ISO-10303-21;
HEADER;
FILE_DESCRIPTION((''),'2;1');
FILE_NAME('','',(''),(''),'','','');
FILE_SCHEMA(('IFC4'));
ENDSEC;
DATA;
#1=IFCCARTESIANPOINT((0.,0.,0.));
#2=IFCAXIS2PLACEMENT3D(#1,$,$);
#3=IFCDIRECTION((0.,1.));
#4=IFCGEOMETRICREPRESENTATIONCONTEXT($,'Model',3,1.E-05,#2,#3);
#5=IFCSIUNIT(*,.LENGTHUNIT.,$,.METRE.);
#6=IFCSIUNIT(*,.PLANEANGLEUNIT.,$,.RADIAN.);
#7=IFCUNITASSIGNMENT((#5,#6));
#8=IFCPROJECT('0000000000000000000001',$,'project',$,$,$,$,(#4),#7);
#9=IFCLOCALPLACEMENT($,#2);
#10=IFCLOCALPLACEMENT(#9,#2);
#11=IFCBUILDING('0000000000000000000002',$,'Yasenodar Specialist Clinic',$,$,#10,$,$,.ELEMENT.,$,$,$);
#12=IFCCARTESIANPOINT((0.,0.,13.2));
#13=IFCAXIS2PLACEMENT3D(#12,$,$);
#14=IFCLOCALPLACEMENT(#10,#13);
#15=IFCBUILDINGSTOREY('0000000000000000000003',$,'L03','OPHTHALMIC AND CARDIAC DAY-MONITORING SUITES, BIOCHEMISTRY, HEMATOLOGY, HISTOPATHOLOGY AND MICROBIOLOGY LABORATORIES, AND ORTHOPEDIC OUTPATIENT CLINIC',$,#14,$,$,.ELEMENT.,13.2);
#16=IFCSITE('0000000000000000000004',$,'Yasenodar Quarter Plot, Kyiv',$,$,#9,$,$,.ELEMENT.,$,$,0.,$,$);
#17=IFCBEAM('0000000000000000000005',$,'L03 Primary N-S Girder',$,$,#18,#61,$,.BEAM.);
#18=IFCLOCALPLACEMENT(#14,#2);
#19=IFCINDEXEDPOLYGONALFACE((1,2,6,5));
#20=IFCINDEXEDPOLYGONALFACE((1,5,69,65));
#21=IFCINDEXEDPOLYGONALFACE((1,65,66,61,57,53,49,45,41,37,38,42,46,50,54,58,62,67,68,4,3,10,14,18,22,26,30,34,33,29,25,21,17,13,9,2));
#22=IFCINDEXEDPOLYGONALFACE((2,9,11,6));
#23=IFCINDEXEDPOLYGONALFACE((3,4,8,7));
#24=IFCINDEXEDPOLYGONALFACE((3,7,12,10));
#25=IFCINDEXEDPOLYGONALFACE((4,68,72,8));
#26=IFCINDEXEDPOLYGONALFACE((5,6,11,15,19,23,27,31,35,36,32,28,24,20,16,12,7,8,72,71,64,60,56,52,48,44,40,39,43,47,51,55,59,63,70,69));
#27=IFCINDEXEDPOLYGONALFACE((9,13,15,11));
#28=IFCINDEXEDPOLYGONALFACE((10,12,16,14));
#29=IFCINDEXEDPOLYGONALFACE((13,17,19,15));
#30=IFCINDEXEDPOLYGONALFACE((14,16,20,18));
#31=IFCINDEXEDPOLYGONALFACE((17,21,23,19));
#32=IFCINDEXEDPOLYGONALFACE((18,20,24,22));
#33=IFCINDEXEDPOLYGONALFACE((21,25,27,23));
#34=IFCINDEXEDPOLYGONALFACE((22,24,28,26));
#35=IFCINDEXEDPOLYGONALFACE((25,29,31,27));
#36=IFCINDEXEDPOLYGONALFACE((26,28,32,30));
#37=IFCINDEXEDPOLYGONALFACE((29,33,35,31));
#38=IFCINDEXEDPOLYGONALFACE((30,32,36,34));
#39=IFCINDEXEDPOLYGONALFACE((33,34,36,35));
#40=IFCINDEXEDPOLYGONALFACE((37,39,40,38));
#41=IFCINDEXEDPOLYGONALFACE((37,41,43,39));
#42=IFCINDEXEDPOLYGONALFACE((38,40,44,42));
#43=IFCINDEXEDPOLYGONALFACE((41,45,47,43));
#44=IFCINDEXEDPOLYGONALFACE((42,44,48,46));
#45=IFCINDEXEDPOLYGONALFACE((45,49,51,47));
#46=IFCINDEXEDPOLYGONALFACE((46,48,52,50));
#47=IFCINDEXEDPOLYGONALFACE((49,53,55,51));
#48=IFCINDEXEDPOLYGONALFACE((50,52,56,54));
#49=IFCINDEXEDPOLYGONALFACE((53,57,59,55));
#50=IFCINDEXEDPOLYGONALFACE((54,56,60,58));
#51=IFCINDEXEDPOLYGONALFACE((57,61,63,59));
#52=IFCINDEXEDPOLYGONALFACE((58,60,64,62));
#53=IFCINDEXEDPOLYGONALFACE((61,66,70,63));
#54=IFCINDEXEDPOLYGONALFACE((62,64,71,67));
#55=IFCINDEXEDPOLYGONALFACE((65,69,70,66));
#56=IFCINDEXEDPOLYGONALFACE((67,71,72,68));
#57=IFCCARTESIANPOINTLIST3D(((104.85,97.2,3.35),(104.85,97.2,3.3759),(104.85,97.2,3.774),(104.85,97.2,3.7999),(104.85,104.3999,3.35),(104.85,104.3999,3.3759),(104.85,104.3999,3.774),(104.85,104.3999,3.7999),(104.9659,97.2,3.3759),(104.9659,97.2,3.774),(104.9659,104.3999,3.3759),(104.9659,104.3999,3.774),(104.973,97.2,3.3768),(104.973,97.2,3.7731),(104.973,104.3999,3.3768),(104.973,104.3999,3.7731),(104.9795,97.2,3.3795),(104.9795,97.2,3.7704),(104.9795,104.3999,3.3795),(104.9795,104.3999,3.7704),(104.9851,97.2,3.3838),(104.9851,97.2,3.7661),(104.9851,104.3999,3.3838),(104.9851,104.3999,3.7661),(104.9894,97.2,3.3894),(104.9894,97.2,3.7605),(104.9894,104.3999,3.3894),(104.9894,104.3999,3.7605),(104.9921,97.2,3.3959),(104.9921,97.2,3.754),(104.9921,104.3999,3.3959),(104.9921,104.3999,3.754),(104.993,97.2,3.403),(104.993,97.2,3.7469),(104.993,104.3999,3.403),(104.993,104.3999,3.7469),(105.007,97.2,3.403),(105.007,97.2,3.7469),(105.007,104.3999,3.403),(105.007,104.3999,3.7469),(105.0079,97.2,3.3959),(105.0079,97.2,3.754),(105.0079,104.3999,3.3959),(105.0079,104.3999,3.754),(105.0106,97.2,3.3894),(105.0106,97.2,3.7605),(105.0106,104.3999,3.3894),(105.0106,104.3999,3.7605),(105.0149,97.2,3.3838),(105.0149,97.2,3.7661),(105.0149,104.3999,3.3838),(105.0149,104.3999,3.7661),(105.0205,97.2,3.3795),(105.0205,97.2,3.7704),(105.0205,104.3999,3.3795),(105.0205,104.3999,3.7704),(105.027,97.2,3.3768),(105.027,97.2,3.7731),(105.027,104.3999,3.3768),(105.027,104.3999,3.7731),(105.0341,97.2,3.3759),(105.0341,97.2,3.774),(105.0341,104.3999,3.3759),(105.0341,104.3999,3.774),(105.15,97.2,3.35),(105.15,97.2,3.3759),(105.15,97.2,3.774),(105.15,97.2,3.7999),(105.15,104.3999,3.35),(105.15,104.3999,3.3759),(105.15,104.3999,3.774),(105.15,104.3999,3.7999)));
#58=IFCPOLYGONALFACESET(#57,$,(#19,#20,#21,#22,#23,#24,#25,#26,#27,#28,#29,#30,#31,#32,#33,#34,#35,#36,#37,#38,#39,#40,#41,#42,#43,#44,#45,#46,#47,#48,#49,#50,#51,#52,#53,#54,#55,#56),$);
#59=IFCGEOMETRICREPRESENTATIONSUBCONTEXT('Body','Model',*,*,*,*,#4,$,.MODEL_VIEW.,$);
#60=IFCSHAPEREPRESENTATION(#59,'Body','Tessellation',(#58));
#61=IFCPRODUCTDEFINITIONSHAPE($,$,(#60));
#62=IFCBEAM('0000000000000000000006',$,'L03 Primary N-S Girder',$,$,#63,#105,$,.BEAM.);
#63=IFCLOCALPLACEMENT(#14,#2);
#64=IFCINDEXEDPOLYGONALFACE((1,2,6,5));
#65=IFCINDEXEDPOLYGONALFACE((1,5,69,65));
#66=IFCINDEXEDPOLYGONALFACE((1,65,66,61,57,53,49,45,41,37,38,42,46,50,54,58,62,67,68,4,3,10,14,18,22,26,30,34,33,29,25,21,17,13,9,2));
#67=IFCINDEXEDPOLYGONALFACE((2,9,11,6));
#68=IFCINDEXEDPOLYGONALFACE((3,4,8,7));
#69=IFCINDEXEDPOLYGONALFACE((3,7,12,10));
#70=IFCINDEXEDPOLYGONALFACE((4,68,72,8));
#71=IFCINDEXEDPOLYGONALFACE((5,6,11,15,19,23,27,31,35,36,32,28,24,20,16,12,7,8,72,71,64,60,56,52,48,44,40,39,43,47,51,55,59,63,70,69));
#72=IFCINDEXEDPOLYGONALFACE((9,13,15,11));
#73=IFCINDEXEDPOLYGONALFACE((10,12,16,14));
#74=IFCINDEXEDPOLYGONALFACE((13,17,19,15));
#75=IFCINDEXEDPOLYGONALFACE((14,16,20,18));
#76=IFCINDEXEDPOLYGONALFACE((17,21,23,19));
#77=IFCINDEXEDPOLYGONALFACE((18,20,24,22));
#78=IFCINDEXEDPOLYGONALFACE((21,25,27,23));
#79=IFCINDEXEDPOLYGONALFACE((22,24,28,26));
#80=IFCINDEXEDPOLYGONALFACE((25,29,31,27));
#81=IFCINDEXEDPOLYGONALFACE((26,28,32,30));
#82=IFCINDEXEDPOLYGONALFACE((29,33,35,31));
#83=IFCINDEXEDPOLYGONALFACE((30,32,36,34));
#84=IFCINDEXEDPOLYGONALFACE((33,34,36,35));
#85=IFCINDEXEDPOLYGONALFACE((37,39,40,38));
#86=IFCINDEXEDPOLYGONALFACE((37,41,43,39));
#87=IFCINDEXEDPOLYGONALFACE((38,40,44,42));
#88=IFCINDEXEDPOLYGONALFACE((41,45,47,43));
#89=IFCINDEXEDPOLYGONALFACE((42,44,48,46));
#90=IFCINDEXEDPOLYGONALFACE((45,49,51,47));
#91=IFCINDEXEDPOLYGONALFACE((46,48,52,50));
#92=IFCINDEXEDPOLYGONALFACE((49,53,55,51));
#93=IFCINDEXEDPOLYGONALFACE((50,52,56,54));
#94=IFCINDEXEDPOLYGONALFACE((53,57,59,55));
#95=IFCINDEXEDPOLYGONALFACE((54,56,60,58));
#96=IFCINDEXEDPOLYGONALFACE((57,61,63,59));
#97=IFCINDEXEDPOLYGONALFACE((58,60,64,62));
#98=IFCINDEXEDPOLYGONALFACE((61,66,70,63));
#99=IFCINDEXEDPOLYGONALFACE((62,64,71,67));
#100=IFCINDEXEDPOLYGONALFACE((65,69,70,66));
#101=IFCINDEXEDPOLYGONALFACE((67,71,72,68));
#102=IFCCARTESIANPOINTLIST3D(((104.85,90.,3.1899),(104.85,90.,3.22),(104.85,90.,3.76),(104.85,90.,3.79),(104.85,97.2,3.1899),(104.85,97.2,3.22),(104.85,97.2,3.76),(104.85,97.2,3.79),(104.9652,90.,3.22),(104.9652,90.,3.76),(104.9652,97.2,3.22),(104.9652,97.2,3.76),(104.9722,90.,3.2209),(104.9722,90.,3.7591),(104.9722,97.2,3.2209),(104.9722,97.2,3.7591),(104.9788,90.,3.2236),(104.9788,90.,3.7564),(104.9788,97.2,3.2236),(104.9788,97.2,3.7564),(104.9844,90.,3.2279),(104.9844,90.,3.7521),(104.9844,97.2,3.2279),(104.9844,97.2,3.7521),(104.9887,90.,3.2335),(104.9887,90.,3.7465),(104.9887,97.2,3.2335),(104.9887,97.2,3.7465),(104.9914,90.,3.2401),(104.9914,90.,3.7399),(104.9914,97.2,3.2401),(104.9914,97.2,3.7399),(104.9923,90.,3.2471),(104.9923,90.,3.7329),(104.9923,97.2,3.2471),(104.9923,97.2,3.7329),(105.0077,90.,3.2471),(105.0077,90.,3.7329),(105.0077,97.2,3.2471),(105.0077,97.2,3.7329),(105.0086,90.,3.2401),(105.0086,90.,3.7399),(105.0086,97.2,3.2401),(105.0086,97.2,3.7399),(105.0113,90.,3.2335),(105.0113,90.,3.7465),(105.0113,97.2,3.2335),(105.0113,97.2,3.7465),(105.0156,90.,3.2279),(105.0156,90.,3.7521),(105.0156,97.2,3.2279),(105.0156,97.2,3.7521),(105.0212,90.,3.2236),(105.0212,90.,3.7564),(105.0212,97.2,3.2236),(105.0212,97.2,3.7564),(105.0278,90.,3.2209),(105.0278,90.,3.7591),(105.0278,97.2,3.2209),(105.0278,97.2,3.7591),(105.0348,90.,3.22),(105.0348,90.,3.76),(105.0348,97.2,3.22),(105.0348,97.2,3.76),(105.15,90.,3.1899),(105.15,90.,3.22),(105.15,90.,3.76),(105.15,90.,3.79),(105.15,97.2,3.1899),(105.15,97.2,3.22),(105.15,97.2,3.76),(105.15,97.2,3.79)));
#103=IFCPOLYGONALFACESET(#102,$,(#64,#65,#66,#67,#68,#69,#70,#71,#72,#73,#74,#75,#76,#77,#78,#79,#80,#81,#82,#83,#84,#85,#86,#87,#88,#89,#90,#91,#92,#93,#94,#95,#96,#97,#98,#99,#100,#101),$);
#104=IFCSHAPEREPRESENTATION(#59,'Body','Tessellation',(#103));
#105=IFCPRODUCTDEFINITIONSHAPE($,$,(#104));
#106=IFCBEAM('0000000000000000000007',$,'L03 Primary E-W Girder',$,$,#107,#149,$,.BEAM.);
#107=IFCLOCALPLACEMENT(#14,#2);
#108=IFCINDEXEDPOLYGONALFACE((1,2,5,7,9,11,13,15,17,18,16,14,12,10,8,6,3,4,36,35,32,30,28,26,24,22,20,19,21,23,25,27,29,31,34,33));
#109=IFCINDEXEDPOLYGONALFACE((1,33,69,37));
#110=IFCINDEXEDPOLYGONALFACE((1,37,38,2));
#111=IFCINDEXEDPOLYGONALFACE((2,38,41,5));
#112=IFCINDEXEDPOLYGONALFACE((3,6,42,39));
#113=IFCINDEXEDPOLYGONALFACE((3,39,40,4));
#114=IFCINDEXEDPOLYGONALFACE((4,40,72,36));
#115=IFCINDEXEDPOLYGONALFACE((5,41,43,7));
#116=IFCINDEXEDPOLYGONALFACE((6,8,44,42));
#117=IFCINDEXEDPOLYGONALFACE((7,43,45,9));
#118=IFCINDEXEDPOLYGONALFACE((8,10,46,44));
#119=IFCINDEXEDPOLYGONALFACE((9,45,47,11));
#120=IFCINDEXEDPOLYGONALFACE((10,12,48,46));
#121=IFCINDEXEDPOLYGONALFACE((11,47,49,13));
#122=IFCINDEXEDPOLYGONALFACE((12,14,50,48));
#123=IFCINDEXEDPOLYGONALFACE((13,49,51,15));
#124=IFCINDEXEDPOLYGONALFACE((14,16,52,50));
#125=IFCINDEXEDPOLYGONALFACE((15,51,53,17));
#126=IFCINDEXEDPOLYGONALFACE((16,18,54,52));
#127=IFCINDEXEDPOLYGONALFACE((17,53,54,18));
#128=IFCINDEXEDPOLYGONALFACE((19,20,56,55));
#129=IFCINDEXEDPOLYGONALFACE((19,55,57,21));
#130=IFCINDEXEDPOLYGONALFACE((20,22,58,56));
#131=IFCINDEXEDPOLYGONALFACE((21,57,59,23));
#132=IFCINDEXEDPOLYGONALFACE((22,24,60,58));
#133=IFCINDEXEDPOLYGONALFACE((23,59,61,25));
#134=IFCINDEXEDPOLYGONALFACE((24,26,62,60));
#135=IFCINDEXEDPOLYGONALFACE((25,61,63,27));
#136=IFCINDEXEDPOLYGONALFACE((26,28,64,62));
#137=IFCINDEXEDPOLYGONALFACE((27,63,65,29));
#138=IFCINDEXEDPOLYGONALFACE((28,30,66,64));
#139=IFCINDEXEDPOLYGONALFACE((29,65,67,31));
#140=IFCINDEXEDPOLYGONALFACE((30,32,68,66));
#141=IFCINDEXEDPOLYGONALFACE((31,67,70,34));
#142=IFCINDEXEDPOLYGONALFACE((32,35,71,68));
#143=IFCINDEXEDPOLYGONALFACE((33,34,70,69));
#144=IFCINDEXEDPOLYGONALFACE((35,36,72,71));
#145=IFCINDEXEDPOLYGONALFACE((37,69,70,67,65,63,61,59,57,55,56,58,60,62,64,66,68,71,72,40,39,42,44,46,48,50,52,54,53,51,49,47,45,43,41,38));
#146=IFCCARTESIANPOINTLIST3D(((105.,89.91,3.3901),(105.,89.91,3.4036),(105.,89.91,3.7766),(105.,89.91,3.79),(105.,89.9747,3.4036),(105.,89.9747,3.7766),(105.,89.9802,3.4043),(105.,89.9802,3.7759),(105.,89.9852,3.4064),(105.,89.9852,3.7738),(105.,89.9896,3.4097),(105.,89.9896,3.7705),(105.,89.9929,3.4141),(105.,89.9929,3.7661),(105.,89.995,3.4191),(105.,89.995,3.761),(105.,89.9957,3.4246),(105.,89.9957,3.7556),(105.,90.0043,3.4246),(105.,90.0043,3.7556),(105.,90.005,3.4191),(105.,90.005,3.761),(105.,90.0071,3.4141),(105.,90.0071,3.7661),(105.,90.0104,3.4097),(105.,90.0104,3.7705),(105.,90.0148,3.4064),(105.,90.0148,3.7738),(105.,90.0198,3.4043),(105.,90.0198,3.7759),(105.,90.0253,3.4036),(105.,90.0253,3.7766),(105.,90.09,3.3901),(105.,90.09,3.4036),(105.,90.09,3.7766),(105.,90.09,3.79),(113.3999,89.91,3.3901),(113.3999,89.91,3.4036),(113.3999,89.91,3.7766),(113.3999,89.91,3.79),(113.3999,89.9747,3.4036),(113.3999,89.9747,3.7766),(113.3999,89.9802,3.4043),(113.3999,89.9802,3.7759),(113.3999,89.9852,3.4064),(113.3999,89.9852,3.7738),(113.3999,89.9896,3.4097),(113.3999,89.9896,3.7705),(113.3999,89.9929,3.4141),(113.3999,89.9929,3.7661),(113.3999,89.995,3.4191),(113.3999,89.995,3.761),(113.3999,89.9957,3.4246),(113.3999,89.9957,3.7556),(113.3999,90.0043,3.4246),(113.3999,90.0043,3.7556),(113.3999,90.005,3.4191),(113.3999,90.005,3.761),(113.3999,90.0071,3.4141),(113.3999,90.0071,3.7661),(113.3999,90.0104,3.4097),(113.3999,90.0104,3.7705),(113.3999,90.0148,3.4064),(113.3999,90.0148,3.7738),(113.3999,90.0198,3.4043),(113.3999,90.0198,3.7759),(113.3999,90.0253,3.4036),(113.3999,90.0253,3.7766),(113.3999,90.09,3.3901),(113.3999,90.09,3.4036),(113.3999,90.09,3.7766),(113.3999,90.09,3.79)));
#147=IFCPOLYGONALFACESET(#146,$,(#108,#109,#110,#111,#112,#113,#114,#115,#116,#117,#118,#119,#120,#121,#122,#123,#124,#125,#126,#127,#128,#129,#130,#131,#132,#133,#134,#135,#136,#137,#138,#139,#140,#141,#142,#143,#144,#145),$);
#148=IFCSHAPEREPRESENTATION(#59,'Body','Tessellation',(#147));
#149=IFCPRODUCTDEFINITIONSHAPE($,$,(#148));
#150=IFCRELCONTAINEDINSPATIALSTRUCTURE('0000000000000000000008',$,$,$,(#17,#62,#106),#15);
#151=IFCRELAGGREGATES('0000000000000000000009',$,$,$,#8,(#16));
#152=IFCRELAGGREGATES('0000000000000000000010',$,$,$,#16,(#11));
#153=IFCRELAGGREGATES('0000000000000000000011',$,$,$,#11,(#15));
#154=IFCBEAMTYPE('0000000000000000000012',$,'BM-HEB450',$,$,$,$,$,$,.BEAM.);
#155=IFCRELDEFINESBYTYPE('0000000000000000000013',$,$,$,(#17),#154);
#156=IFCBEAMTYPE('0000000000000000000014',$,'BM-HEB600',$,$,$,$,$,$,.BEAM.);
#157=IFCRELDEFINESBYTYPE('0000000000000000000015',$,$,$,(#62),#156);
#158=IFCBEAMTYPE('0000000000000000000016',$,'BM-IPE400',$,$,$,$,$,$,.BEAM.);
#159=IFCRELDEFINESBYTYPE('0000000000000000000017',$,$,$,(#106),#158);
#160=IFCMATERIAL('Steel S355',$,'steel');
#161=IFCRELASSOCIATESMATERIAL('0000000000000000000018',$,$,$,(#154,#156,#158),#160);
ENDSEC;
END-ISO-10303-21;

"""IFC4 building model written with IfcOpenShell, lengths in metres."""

from ifc_helpers import new_model, si_unit, direction, frame, origin, origin_2d, place, context, subcontext, project, spatial, i_section, extrude, material, material_profile, profile_set, type_object, element, save


model = new_model("IFC4")

# Units and contexts
model_context = context("Model", 3, precision=1e-05, world=origin(), true_north=direction((0.0, 1.0)))
body_context = subcontext(model_context, "Body", "Model", "MODEL_VIEW")
ifc_project = project(units=[si_unit("LENGTHUNIT", "METRE"), si_unit("PLANEANGLEUNIT", "RADIAN")], contexts=[model_context])

# Site, building, storey
site_placement = place(None, origin())
site = spatial("IfcSite", under=ifc_project, at=site_placement, Name="Yasenodar Quarter Plot, Kyiv", CompositionType="ELEMENT", RefElevation=0.0)
building_placement = place(site_placement, origin())
building = spatial("IfcBuilding", under=site, at=building_placement, Name="Yasenodar Specialist Clinic", CompositionType="ELEMENT")
storey_placement = place(building_placement, frame((0.0, 0.0, 13.2)))
storey = spatial("IfcBuildingStorey", under=building, at=storey_placement, Name="L03", Description="OPHTHALMIC AND CARDIAC DAY-MONITORING SUITES, BIOCHEMISTRY, HEMATOLOGY, HISTOPATHOLOGY AND MICROBIOLOGY LABORATORIES, AND ORTHOPEDIC OUTPATIENT CLINIC", CompositionType="ELEMENT", Elevation=13.2)

# Shared definitions
ifc_material_1 = material(Name="Steel S355", Category="steel")

# Beams
ifc_material_profile_1 = material_profile(ifc_material_1, i_section(OverallWidth=0.3, OverallDepth=0.45, WebThickness=0.0139, FlangeThickness=0.0259, FilletRadius=0.0271, at=origin_2d()), Name="HEB 450")
ifc_profile_set_1 = profile_set([ifc_material_profile_1], Name="Steel S355")
beam_type_1 = type_object("IfcBeamType", Name="BM-HEB450", PredefinedType="BEAM", material=ifc_profile_set_1)
beam_1_placement = place(storey_placement, frame((105.0, 97.2, 3.575), z_axis=(0.0, 1.0, 0.0), x_axis=(-1.0, 0.0, 0.0)))
element("IfcBeam", 1, at=beam_1_placement, inside=storey, type_object=beam_type_1, Name="L03 Primary N-S Girder", PredefinedType="BEAM", context=body_context, shape_type="SweptSolid", body=[
    extrude(i_section(OverallWidth=0.3, OverallDepth=0.45, WebThickness=0.0139, FlangeThickness=0.0259, FilletRadius=0.0271, at=origin_2d()), origin(), (0.0, 0.0, 1.0), 7.2),
])
ifc_material_profile_2 = material_profile(ifc_material_1, i_section(OverallWidth=0.3, OverallDepth=0.6001, WebThickness=0.0154, FlangeThickness=0.03, FilletRadius=0.0271, at=origin_2d()), Name="HEB 600")
ifc_profile_set_2 = profile_set([ifc_material_profile_2], Name="Steel S355")
beam_type_2 = type_object("IfcBeamType", Name="BM-HEB600", PredefinedType="BEAM", material=ifc_profile_set_2)
beam_2_placement = place(storey_placement, frame((105.0, 90.0, 3.49), z_axis=(0.0, 1.0, 0.0), x_axis=(-1.0, 0.0, 0.0)))
element("IfcBeam", 2, at=beam_2_placement, inside=storey, type_object=beam_type_2, Name="L03 Primary N-S Girder", PredefinedType="BEAM", context=body_context, shape_type="SweptSolid", body=[
    extrude(i_section(OverallWidth=0.3, OverallDepth=0.6001, WebThickness=0.0154, FlangeThickness=0.03, FilletRadius=0.0271, at=origin_2d()), origin(), (0.0, 0.0, 1.0), 7.2),
])
ifc_material_profile_3 = material_profile(ifc_material_1, i_section(OverallWidth=0.1799, OverallDepth=0.3999, WebThickness=0.0085, FlangeThickness=0.0134, FilletRadius=0.021, at=origin_2d()), Name="IPE 400")
ifc_profile_set_3 = profile_set([ifc_material_profile_3], Name="Steel S355")
beam_type_3 = type_object("IfcBeamType", Name="BM-IPE400", PredefinedType="BEAM", material=ifc_profile_set_3)
beam_3_placement = place(storey_placement, frame((105.0, 90.0, 3.5901), z_axis=(1.0, 0.0, 0.0), x_axis=(0.0, 1.0, 0.0)))
element("IfcBeam", 3, at=beam_3_placement, inside=storey, type_object=beam_type_3, Name="L03 Primary E-W Girder", PredefinedType="BEAM", context=body_context, shape_type="SweptSolid", body=[
    extrude(i_section(OverallWidth=0.1799, OverallDepth=0.3999, WebThickness=0.0085, FlangeThickness=0.0134, FilletRadius=0.021, at=origin_2d()), origin(), (0.0, 0.0, 1.0), 8.3999),
])

save(model, "model.ifc")
